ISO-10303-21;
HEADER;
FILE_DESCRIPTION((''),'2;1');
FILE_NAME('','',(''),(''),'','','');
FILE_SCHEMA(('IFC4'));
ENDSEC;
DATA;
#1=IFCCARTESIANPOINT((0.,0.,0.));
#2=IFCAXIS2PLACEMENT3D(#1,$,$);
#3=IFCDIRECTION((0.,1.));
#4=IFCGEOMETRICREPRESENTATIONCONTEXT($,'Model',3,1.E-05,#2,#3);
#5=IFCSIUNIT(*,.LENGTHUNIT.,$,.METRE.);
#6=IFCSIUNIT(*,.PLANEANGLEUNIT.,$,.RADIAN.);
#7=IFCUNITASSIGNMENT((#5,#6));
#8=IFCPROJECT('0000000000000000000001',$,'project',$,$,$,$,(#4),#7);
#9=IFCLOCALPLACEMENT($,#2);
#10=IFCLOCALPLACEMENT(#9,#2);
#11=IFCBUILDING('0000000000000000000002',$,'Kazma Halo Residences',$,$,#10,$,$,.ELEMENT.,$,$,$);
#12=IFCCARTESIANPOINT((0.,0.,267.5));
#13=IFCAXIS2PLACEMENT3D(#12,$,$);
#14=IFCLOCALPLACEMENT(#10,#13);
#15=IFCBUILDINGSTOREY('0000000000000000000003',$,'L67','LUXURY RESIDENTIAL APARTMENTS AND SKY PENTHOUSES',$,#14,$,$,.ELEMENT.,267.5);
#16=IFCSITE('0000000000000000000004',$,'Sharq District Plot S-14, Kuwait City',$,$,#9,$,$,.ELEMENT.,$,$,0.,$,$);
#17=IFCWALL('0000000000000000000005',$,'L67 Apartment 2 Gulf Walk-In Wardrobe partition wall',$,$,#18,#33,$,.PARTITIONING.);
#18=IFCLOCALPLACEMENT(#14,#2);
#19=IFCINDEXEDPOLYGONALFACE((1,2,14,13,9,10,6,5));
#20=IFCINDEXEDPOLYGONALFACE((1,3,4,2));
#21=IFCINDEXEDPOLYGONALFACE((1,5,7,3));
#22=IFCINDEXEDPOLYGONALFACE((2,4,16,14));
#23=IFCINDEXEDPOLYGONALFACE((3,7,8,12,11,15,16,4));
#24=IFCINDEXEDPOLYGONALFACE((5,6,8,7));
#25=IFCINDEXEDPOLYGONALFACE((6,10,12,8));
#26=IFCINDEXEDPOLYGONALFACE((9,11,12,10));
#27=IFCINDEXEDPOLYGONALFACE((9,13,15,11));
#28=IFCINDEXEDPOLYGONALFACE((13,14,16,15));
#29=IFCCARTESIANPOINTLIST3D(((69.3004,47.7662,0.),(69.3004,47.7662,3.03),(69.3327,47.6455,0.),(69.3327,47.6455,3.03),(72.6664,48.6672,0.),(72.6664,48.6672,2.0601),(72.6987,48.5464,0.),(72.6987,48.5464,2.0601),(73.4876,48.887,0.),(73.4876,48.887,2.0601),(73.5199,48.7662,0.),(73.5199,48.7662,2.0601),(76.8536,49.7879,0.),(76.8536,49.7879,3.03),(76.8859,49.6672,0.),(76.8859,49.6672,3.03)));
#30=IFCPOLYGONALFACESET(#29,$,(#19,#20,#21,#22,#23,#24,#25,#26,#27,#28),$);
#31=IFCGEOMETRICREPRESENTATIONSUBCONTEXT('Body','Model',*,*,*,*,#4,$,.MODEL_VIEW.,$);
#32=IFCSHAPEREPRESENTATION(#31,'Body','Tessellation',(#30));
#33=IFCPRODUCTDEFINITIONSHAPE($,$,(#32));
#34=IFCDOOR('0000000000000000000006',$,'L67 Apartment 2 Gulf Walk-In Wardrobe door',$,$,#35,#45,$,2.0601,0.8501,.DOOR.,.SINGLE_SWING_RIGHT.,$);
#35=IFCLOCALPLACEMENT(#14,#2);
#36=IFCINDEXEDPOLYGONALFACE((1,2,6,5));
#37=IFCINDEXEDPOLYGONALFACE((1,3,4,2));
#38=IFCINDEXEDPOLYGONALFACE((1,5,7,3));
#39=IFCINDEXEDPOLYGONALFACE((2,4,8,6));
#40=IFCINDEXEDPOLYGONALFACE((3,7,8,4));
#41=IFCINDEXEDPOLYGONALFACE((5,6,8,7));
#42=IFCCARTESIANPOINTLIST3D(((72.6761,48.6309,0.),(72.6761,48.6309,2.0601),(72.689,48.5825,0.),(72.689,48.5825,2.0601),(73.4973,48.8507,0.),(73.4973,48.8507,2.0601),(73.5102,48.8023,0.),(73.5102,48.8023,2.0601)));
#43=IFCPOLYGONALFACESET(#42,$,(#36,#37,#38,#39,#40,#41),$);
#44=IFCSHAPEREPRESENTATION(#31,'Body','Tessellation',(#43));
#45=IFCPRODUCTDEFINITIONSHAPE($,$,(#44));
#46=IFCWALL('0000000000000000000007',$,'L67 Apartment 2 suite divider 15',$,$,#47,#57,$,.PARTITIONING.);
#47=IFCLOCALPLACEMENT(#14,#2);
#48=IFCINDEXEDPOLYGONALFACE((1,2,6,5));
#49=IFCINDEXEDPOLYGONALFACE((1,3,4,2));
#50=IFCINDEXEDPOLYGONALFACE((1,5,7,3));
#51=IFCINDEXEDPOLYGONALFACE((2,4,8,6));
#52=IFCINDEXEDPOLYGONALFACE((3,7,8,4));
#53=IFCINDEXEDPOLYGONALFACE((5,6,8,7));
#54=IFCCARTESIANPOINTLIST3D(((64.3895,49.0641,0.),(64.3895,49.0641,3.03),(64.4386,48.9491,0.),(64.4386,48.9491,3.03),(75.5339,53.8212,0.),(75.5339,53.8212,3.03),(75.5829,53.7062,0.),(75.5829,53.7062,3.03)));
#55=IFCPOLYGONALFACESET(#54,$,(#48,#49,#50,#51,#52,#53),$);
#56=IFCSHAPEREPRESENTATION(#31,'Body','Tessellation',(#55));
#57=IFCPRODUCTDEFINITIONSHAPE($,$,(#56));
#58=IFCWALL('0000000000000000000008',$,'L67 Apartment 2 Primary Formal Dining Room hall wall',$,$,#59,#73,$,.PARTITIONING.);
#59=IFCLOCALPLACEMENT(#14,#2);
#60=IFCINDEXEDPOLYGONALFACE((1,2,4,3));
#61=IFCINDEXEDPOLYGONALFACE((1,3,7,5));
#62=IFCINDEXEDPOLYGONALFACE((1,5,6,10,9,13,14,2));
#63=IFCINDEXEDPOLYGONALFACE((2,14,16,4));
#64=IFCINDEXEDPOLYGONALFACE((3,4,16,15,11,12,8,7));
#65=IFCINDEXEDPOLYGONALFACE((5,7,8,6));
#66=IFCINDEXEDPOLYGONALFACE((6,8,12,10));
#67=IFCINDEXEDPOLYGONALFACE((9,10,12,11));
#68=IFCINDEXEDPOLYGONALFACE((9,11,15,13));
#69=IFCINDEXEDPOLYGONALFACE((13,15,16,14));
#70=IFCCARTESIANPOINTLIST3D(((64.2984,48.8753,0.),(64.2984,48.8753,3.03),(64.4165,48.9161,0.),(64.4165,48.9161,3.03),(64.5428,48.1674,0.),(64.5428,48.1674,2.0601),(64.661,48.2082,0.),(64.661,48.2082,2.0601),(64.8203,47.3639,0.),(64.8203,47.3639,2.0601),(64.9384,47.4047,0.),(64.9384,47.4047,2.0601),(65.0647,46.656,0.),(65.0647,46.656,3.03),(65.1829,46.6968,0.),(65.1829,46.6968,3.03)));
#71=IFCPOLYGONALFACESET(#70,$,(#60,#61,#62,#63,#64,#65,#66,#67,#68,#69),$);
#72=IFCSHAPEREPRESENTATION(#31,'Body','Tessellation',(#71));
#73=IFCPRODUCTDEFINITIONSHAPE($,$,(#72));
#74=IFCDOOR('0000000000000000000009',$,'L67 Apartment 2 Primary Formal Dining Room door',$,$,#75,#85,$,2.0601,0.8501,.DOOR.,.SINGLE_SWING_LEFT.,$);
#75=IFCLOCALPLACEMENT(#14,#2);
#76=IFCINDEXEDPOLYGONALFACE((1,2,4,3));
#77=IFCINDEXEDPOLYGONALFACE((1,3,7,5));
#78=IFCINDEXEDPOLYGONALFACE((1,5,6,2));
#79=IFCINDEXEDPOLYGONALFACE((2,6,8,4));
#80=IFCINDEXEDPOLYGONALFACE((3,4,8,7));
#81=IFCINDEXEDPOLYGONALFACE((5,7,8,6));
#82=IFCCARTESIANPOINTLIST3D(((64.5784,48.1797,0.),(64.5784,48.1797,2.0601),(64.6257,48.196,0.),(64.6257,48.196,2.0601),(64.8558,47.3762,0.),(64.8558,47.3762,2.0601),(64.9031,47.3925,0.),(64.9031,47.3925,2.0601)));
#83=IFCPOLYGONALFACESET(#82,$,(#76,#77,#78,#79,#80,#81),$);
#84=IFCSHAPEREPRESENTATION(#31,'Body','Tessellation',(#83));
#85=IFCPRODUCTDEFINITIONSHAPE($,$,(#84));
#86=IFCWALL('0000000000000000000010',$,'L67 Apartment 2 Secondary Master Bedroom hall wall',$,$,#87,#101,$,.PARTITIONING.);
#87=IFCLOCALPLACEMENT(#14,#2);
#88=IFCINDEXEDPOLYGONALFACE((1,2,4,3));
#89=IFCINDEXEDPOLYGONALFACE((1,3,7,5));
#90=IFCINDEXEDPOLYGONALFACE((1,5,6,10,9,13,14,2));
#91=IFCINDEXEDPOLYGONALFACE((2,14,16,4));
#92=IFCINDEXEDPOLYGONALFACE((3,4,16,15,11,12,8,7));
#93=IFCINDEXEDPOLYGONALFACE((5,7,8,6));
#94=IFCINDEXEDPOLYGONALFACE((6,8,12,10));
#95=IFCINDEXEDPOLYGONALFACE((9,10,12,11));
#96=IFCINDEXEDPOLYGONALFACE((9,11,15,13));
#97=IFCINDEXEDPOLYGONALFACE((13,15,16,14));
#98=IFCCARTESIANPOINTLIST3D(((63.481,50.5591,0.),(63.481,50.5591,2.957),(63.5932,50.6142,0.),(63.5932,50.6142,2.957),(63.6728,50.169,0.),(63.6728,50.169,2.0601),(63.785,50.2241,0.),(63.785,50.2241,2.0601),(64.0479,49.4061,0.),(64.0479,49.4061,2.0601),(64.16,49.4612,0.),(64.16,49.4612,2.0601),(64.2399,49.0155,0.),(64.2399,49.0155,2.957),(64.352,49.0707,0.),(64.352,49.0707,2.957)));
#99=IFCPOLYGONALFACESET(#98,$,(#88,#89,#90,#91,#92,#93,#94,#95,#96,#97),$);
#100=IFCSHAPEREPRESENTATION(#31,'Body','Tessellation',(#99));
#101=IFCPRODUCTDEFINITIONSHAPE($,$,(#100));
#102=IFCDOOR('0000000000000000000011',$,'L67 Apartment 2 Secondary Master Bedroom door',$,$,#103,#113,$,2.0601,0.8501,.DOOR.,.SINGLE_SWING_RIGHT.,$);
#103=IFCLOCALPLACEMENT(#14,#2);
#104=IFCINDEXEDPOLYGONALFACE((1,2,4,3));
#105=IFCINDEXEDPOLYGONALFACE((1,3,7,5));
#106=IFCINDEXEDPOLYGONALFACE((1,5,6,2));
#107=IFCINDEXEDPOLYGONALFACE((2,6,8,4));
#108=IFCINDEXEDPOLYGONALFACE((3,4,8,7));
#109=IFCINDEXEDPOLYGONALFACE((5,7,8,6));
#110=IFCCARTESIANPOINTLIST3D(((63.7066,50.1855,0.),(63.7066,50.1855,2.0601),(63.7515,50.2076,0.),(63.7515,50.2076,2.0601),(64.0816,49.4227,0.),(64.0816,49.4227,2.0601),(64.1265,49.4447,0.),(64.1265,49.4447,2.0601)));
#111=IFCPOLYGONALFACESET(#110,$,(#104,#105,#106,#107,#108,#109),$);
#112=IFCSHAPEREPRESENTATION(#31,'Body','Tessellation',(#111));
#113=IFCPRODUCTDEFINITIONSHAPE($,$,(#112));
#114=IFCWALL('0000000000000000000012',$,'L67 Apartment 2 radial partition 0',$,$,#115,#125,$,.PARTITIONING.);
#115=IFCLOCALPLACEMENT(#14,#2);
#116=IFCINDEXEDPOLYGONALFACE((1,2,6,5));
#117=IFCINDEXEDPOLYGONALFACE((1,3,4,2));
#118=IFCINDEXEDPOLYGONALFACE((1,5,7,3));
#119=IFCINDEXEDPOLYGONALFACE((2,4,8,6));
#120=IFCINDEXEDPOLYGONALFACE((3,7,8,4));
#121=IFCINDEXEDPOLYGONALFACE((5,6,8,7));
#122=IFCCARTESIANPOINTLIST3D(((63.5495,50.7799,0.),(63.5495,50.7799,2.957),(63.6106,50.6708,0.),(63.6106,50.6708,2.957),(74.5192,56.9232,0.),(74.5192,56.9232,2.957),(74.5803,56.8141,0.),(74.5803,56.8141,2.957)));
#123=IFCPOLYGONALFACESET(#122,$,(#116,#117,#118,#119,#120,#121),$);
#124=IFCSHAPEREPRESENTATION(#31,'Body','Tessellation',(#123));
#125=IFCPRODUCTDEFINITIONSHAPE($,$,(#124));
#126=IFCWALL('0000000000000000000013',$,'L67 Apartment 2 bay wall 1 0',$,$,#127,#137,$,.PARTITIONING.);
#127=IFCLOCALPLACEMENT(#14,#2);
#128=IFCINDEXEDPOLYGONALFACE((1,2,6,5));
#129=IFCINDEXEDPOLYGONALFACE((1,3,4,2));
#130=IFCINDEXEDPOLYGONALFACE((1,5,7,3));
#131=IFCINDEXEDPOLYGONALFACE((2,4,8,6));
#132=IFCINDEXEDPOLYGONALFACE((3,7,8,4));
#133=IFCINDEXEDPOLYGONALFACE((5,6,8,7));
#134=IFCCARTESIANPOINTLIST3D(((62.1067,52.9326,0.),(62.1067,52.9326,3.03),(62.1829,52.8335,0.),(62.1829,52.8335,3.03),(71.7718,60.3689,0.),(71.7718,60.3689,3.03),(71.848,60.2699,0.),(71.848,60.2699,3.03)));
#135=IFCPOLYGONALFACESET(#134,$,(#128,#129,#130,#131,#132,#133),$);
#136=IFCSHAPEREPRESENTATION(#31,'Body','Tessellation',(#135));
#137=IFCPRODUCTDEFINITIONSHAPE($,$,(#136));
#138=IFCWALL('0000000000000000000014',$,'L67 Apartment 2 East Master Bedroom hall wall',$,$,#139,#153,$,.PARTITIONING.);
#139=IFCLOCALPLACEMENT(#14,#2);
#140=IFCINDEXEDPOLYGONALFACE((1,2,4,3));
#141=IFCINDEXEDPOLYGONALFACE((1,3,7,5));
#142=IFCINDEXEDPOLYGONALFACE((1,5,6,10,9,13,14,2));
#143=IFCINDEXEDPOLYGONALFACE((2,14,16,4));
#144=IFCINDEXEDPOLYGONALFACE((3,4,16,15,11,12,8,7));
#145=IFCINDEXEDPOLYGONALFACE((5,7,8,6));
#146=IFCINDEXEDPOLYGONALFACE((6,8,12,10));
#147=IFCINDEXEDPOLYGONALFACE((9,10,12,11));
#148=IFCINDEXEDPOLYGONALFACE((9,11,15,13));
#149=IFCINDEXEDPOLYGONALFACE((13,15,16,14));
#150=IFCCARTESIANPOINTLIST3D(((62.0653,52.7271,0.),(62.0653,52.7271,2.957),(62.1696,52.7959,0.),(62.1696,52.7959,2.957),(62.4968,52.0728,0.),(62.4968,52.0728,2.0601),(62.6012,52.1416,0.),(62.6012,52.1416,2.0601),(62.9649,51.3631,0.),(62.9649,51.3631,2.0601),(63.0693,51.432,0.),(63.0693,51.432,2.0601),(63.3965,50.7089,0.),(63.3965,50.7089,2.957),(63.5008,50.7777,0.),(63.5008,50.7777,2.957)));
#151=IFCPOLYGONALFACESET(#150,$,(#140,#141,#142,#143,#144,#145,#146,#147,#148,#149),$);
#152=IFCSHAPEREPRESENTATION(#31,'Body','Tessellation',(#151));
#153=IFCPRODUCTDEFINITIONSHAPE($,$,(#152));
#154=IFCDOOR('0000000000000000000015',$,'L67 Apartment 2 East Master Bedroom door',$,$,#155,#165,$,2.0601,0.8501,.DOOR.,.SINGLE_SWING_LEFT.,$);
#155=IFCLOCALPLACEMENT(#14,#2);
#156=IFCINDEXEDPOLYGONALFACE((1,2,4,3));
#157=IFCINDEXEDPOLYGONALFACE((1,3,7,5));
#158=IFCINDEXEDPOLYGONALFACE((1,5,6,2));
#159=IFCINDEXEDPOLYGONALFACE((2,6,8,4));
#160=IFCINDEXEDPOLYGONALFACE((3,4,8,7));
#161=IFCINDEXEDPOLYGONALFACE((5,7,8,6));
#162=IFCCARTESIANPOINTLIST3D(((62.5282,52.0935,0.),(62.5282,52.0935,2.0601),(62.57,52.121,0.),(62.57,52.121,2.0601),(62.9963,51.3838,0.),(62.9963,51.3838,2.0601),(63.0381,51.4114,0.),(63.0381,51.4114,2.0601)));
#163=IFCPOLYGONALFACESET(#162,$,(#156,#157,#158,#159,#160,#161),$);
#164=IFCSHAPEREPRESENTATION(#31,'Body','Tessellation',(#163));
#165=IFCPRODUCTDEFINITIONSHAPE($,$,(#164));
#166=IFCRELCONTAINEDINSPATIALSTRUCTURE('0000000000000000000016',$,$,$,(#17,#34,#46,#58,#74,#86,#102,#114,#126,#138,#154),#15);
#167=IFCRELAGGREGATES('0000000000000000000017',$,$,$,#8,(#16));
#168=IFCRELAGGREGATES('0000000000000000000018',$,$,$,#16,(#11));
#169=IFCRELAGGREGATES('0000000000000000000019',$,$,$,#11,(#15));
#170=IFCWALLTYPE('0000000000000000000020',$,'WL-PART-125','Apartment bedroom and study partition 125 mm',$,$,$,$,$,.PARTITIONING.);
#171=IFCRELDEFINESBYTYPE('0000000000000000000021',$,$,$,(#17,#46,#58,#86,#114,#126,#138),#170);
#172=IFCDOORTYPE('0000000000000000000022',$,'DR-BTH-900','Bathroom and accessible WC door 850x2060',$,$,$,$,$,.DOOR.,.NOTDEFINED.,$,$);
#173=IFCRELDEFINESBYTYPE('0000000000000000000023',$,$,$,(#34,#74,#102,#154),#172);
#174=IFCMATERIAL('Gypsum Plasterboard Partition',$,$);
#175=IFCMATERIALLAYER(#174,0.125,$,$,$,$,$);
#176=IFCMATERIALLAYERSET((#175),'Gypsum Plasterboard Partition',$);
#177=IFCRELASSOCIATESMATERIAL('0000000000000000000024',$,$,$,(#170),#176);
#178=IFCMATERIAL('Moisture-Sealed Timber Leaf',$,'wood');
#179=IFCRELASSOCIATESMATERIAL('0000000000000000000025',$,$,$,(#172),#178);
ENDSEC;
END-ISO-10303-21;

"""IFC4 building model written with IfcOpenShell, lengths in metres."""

from ifc_helpers import new_model, si_unit, direction, frame, frame_2d, origin, place, context, subcontext, project, spatial, rectangle, extrude, material, layer, layer_set, type_object, element, fill, save


model = new_model("IFC4")

# Units and contexts
model_context = context("Model", 3, precision=1e-05, world=origin(), true_north=direction((0.0, 1.0)))
body_context = subcontext(model_context, "Body", "Model", "MODEL_VIEW")
ifc_project = project(units=[si_unit("LENGTHUNIT", "METRE"), si_unit("PLANEANGLEUNIT", "RADIAN")], contexts=[model_context])

# Site, building, storey
site_placement = place(None, origin())
site = spatial("IfcSite", under=ifc_project, at=site_placement, Name="Sharq District Plot S-14, Kuwait City", CompositionType="ELEMENT", RefElevation=0.0)
building_placement = place(site_placement, origin())
building = spatial("IfcBuilding", under=site, at=building_placement, Name="Kazma Halo Residences", CompositionType="ELEMENT")
storey_placement = place(building_placement, frame((0.0, 0.0, 267.5)))
storey = spatial("IfcBuildingStorey", under=building, at=storey_placement, Name="L67", Description="LUXURY RESIDENTIAL APARTMENTS AND SKY PENTHOUSES", CompositionType="ELEMENT", Elevation=267.5)

# Shared definitions
ifc_material_1 = material(Name="Gypsum Plasterboard Partition")
ifc_layer_1 = layer(ifc_material_1, 0.125)
ifc_layer_set_1 = layer_set([ifc_layer_1], Name="Gypsum Plasterboard Partition")
wall_type_1 = type_object("IfcWallType", Name="WL-PART-125", Description="Apartment bedroom and study partition 125 mm", PredefinedType="PARTITIONING", material=ifc_layer_set_1)

# Wall, opening, door
wall_1_placement = place(storey_placement, frame((69.3164, 47.7058, 0.0), z_axis=(0.0, 0.0, 1.0), x_axis=(0.965995, 0.258562, 0.0)))
wall_1 = element("IfcWall", 1, at=wall_1_placement, inside=storey, type_object=wall_type_1, Name="L67 Apartment 2 Gulf Walk-In Wardrobe partition wall", PredefinedType="PARTITIONING", context=body_context, shape_type="SweptSolid", body=[
    extrude(rectangle(XDim=7.8191, YDim=0.125, at=frame_2d((3.9097, 0.0))), origin(), (0.0, 0.0, 1.0), 3.03),
])
opening_1_placement = place(wall_1_placement, frame((3.4846, 0.0, 0.0)))
opening_1 = element("IfcOpeningElement", 2, at=opening_1_placement, cuts=wall_1, PredefinedType="OPENING", context=body_context, shape_type="SweptSolid", body=[
    extrude(rectangle(XDim=0.8501, YDim=2.0601, at=frame_2d((0.425, 1.03))), frame((0.0, 0.0725, 0.0), z_axis=(0.0, -1.0, 0.0), x_axis=(1.0, 0.0, 0.0)), (0.0, 0.0, 1.0), 0.145),
])
ifc_material_2 = material(Name="Moisture-Sealed Timber Leaf", Category="wood")
door_type = type_object("IfcDoorType", Name="DR-BTH-900", Description="Bathroom and accessible WC door 850x2060", OperationType="NOTDEFINED", PredefinedType="DOOR", material=ifc_material_2)
door_1_placement = place(opening_1_placement, origin())
door_1 = element("IfcDoor", 3, at=door_1_placement, inside=storey, type_object=door_type, Name="L67 Apartment 2 Gulf Walk-In Wardrobe door", OperationType="SINGLE_SWING_RIGHT", OverallHeight=2.0601, OverallWidth=0.8501, PredefinedType="DOOR", context=body_context, shape_type="SweptSolid", body=[
    extrude(rectangle(XDim=0.8501, YDim=2.0601, at=frame_2d((0.425, 1.03))), frame((0.0, 0.0249, 0.0), z_axis=(0.0, -1.0, 0.0), x_axis=(1.0, 0.0, 0.0)), (0.0, 0.0, 1.0), 0.05),
])
fill(opening_1, door_1)

# Wall
wall_2_placement = place(storey_placement, frame((64.4141, 49.0066, 0.0), z_axis=(0.0, 0.0, 1.0), x_axis=(0.919713, 0.392591, 0.0)))
element("IfcWall", 4, at=wall_2_placement, inside=storey, type_object=wall_type_1, Name="L67 Apartment 2 suite divider 15", PredefinedType="PARTITIONING", context=body_context, shape_type="SweptSolid", body=[
    extrude(rectangle(XDim=12.1172, YDim=0.125, at=frame_2d((6.0586, 0.0))), origin(), (0.0, 0.0, 1.0), 3.03),
])

# Walls, openings, doors
wall_3_placement = place(storey_placement, frame((65.1238, 46.6765, 0.0), z_axis=(0.0, 0.0, 1.0), x_axis=(-0.32641, 0.945228, 0.0)))
wall_3 = element("IfcWall", 5, at=wall_3_placement, inside=storey, type_object=wall_type_1, Name="L67 Apartment 2 Primary Formal Dining Room hall wall", PredefinedType="PARTITIONING", context=body_context, shape_type="SweptSolid", body=[
    extrude(rectangle(XDim=2.3479, YDim=0.125, at=frame_2d((1.1738, 0.0))), origin(), (0.0, 0.0, 1.0), 3.03),
])
opening_2_placement = place(wall_3_placement, frame((0.7488, 0.0, 0.0)))
opening_2 = element("IfcOpeningElement", 6, at=opening_2_placement, cuts=wall_3, PredefinedType="OPENING", context=body_context, shape_type="SweptSolid", body=[
    extrude(rectangle(XDim=0.8501, YDim=2.0601, at=frame_2d((0.425, 1.03))), frame((0.0, 0.0725, 0.0), z_axis=(0.0, -1.0, 0.0), x_axis=(1.0, 0.0, 0.0)), (0.0, 0.0, 1.0), 0.145),
])
door_2_placement = place(opening_2_placement, origin())
door_2 = element("IfcDoor", 7, at=door_2_placement, inside=storey, type_object=door_type, Name="L67 Apartment 2 Primary Formal Dining Room door", OperationType="SINGLE_SWING_LEFT", OverallHeight=2.0601, OverallWidth=0.8501, PredefinedType="DOOR", context=body_context, shape_type="SweptSolid", body=[
    extrude(rectangle(XDim=0.8501, YDim=2.0601, at=frame_2d((0.425, 1.03))), frame((0.0, 0.0249, 0.0), z_axis=(0.0, -1.0, 0.0), x_axis=(1.0, 0.0, 0.0)), (0.0, 0.0, 1.0), 0.05),
])
fill(opening_2, door_2)
wall_4_placement = place(storey_placement, frame((64.2959, 49.0432, 0.0), z_axis=(0.0, 0.0, 1.0), x_axis=(-0.441185, 0.897416, 0.0)))
wall_4 = element("IfcWall", 8, at=wall_4_placement, inside=storey, type_object=wall_type_1, Name="L67 Apartment 2 Secondary Master Bedroom hall wall", PredefinedType="PARTITIONING", context=body_context, shape_type="SweptSolid", body=[
    extrude(rectangle(XDim=1.72, YDim=0.125, at=frame_2d((0.8599, 0.0))), origin(), (0.0, 0.0, 1.0), 2.957),
])
opening_3_placement = place(wall_4_placement, frame((0.4351, 0.0, 0.0)))
opening_3 = element("IfcOpeningElement", 9, at=opening_3_placement, cuts=wall_4, PredefinedType="OPENING", context=body_context, shape_type="SweptSolid", body=[
    extrude(rectangle(XDim=0.8501, YDim=2.0601, at=frame_2d((0.425, 1.03))), frame((0.0, 0.0725, 0.0), z_axis=(0.0, -1.0, 0.0), x_axis=(1.0, 0.0, 0.0)), (0.0, 0.0, 1.0), 0.145),
])
door_3_placement = place(opening_3_placement, origin())
door_3 = element("IfcDoor", 10, at=door_3_placement, inside=storey, type_object=door_type, Name="L67 Apartment 2 Secondary Master Bedroom door", OperationType="SINGLE_SWING_RIGHT", OverallHeight=2.0601, OverallWidth=0.8501, PredefinedType="DOOR", context=body_context, shape_type="SweptSolid", body=[
    extrude(rectangle(XDim=0.8501, YDim=2.0601, at=frame_2d((0.425, 1.03))), frame((0.0, 0.0249, 0.0), z_axis=(0.0, -1.0, 0.0), x_axis=(1.0, 0.0, 0.0)), (0.0, 0.0, 1.0), 0.05),
])
fill(opening_3, door_3)

# Walls
wall_5_placement = place(storey_placement, frame((63.5801, 50.7253, 0.0), z_axis=(0.0, 0.0, 1.0), x_axis=(0.872497, 0.488619, 0.0)))
element("IfcWall", 11, at=wall_5_placement, inside=storey, type_object=wall_type_1, Name="L67 Apartment 2 radial partition 0", PredefinedType="PARTITIONING", context=body_context, shape_type="SweptSolid", body=[
    extrude(rectangle(XDim=12.5728, YDim=0.125, at=frame_2d((6.2864, 0.0))), origin(), (0.0, 0.0, 1.0), 2.957),
])
wall_6_placement = place(storey_placement, frame((62.1448, 52.8831, 0.0), z_axis=(0.0, 0.0, 1.0), x_axis=(0.792559, 0.609795, 0.0)))
element("IfcWall", 12, at=wall_6_placement, inside=storey, type_object=wall_type_1, Name="L67 Apartment 2 bay wall 1 0", PredefinedType="PARTITIONING", context=body_context, shape_type="SweptSolid", body=[
    extrude(rectangle(XDim=12.1948, YDim=0.125, at=frame_2d((6.0974, 0.0))), origin(), (0.0, 0.0, 1.0), 3.03),
])

# Wall, opening, door
wall_7_placement = place(storey_placement, frame((63.4487, 50.7432, 0.0), z_axis=(0.0, 0.0, 1.0), x_axis=(-0.550616, 0.834759, 0.0)))
wall_7 = element("IfcWall", 13, at=wall_7_placement, inside=storey, type_object=wall_type_1, Name="L67 Apartment 2 East Master Bedroom hall wall", PredefinedType="PARTITIONING", context=body_context, shape_type="SweptSolid", body=[
    extrude(rectangle(XDim=2.4177, YDim=0.125, at=frame_2d((1.209, 0.0))), origin(), (0.0, 0.0, 1.0), 2.957),
])
opening_4_placement = place(wall_7_placement, frame((0.7839, 0.0, 0.0)))
opening_4 = element("IfcOpeningElement", 14, at=opening_4_placement, cuts=wall_7, PredefinedType="OPENING", context=body_context, shape_type="SweptSolid", body=[
    extrude(rectangle(XDim=0.8501, YDim=2.0601, at=frame_2d((0.425, 1.03))), frame((0.0, 0.0725, 0.0), z_axis=(0.0, -1.0, 0.0), x_axis=(1.0, 0.0, 0.0)), (0.0, 0.0, 1.0), 0.145),
])
door_4_placement = place(opening_4_placement, origin())
door_4 = element("IfcDoor", 15, at=door_4_placement, inside=storey, type_object=door_type, Name="L67 Apartment 2 East Master Bedroom door", OperationType="SINGLE_SWING_LEFT", OverallHeight=2.0601, OverallWidth=0.8501, PredefinedType="DOOR", context=body_context, shape_type="SweptSolid", body=[
    extrude(rectangle(XDim=0.8501, YDim=2.0601, at=frame_2d((0.425, 1.03))), frame((0.0, 0.0249, 0.0), z_axis=(0.0, -1.0, 0.0), x_axis=(1.0, 0.0, 0.0)), (0.0, 0.0, 1.0), 0.05),
])
fill(opening_4, door_4)

save(model, "model.ifc")
